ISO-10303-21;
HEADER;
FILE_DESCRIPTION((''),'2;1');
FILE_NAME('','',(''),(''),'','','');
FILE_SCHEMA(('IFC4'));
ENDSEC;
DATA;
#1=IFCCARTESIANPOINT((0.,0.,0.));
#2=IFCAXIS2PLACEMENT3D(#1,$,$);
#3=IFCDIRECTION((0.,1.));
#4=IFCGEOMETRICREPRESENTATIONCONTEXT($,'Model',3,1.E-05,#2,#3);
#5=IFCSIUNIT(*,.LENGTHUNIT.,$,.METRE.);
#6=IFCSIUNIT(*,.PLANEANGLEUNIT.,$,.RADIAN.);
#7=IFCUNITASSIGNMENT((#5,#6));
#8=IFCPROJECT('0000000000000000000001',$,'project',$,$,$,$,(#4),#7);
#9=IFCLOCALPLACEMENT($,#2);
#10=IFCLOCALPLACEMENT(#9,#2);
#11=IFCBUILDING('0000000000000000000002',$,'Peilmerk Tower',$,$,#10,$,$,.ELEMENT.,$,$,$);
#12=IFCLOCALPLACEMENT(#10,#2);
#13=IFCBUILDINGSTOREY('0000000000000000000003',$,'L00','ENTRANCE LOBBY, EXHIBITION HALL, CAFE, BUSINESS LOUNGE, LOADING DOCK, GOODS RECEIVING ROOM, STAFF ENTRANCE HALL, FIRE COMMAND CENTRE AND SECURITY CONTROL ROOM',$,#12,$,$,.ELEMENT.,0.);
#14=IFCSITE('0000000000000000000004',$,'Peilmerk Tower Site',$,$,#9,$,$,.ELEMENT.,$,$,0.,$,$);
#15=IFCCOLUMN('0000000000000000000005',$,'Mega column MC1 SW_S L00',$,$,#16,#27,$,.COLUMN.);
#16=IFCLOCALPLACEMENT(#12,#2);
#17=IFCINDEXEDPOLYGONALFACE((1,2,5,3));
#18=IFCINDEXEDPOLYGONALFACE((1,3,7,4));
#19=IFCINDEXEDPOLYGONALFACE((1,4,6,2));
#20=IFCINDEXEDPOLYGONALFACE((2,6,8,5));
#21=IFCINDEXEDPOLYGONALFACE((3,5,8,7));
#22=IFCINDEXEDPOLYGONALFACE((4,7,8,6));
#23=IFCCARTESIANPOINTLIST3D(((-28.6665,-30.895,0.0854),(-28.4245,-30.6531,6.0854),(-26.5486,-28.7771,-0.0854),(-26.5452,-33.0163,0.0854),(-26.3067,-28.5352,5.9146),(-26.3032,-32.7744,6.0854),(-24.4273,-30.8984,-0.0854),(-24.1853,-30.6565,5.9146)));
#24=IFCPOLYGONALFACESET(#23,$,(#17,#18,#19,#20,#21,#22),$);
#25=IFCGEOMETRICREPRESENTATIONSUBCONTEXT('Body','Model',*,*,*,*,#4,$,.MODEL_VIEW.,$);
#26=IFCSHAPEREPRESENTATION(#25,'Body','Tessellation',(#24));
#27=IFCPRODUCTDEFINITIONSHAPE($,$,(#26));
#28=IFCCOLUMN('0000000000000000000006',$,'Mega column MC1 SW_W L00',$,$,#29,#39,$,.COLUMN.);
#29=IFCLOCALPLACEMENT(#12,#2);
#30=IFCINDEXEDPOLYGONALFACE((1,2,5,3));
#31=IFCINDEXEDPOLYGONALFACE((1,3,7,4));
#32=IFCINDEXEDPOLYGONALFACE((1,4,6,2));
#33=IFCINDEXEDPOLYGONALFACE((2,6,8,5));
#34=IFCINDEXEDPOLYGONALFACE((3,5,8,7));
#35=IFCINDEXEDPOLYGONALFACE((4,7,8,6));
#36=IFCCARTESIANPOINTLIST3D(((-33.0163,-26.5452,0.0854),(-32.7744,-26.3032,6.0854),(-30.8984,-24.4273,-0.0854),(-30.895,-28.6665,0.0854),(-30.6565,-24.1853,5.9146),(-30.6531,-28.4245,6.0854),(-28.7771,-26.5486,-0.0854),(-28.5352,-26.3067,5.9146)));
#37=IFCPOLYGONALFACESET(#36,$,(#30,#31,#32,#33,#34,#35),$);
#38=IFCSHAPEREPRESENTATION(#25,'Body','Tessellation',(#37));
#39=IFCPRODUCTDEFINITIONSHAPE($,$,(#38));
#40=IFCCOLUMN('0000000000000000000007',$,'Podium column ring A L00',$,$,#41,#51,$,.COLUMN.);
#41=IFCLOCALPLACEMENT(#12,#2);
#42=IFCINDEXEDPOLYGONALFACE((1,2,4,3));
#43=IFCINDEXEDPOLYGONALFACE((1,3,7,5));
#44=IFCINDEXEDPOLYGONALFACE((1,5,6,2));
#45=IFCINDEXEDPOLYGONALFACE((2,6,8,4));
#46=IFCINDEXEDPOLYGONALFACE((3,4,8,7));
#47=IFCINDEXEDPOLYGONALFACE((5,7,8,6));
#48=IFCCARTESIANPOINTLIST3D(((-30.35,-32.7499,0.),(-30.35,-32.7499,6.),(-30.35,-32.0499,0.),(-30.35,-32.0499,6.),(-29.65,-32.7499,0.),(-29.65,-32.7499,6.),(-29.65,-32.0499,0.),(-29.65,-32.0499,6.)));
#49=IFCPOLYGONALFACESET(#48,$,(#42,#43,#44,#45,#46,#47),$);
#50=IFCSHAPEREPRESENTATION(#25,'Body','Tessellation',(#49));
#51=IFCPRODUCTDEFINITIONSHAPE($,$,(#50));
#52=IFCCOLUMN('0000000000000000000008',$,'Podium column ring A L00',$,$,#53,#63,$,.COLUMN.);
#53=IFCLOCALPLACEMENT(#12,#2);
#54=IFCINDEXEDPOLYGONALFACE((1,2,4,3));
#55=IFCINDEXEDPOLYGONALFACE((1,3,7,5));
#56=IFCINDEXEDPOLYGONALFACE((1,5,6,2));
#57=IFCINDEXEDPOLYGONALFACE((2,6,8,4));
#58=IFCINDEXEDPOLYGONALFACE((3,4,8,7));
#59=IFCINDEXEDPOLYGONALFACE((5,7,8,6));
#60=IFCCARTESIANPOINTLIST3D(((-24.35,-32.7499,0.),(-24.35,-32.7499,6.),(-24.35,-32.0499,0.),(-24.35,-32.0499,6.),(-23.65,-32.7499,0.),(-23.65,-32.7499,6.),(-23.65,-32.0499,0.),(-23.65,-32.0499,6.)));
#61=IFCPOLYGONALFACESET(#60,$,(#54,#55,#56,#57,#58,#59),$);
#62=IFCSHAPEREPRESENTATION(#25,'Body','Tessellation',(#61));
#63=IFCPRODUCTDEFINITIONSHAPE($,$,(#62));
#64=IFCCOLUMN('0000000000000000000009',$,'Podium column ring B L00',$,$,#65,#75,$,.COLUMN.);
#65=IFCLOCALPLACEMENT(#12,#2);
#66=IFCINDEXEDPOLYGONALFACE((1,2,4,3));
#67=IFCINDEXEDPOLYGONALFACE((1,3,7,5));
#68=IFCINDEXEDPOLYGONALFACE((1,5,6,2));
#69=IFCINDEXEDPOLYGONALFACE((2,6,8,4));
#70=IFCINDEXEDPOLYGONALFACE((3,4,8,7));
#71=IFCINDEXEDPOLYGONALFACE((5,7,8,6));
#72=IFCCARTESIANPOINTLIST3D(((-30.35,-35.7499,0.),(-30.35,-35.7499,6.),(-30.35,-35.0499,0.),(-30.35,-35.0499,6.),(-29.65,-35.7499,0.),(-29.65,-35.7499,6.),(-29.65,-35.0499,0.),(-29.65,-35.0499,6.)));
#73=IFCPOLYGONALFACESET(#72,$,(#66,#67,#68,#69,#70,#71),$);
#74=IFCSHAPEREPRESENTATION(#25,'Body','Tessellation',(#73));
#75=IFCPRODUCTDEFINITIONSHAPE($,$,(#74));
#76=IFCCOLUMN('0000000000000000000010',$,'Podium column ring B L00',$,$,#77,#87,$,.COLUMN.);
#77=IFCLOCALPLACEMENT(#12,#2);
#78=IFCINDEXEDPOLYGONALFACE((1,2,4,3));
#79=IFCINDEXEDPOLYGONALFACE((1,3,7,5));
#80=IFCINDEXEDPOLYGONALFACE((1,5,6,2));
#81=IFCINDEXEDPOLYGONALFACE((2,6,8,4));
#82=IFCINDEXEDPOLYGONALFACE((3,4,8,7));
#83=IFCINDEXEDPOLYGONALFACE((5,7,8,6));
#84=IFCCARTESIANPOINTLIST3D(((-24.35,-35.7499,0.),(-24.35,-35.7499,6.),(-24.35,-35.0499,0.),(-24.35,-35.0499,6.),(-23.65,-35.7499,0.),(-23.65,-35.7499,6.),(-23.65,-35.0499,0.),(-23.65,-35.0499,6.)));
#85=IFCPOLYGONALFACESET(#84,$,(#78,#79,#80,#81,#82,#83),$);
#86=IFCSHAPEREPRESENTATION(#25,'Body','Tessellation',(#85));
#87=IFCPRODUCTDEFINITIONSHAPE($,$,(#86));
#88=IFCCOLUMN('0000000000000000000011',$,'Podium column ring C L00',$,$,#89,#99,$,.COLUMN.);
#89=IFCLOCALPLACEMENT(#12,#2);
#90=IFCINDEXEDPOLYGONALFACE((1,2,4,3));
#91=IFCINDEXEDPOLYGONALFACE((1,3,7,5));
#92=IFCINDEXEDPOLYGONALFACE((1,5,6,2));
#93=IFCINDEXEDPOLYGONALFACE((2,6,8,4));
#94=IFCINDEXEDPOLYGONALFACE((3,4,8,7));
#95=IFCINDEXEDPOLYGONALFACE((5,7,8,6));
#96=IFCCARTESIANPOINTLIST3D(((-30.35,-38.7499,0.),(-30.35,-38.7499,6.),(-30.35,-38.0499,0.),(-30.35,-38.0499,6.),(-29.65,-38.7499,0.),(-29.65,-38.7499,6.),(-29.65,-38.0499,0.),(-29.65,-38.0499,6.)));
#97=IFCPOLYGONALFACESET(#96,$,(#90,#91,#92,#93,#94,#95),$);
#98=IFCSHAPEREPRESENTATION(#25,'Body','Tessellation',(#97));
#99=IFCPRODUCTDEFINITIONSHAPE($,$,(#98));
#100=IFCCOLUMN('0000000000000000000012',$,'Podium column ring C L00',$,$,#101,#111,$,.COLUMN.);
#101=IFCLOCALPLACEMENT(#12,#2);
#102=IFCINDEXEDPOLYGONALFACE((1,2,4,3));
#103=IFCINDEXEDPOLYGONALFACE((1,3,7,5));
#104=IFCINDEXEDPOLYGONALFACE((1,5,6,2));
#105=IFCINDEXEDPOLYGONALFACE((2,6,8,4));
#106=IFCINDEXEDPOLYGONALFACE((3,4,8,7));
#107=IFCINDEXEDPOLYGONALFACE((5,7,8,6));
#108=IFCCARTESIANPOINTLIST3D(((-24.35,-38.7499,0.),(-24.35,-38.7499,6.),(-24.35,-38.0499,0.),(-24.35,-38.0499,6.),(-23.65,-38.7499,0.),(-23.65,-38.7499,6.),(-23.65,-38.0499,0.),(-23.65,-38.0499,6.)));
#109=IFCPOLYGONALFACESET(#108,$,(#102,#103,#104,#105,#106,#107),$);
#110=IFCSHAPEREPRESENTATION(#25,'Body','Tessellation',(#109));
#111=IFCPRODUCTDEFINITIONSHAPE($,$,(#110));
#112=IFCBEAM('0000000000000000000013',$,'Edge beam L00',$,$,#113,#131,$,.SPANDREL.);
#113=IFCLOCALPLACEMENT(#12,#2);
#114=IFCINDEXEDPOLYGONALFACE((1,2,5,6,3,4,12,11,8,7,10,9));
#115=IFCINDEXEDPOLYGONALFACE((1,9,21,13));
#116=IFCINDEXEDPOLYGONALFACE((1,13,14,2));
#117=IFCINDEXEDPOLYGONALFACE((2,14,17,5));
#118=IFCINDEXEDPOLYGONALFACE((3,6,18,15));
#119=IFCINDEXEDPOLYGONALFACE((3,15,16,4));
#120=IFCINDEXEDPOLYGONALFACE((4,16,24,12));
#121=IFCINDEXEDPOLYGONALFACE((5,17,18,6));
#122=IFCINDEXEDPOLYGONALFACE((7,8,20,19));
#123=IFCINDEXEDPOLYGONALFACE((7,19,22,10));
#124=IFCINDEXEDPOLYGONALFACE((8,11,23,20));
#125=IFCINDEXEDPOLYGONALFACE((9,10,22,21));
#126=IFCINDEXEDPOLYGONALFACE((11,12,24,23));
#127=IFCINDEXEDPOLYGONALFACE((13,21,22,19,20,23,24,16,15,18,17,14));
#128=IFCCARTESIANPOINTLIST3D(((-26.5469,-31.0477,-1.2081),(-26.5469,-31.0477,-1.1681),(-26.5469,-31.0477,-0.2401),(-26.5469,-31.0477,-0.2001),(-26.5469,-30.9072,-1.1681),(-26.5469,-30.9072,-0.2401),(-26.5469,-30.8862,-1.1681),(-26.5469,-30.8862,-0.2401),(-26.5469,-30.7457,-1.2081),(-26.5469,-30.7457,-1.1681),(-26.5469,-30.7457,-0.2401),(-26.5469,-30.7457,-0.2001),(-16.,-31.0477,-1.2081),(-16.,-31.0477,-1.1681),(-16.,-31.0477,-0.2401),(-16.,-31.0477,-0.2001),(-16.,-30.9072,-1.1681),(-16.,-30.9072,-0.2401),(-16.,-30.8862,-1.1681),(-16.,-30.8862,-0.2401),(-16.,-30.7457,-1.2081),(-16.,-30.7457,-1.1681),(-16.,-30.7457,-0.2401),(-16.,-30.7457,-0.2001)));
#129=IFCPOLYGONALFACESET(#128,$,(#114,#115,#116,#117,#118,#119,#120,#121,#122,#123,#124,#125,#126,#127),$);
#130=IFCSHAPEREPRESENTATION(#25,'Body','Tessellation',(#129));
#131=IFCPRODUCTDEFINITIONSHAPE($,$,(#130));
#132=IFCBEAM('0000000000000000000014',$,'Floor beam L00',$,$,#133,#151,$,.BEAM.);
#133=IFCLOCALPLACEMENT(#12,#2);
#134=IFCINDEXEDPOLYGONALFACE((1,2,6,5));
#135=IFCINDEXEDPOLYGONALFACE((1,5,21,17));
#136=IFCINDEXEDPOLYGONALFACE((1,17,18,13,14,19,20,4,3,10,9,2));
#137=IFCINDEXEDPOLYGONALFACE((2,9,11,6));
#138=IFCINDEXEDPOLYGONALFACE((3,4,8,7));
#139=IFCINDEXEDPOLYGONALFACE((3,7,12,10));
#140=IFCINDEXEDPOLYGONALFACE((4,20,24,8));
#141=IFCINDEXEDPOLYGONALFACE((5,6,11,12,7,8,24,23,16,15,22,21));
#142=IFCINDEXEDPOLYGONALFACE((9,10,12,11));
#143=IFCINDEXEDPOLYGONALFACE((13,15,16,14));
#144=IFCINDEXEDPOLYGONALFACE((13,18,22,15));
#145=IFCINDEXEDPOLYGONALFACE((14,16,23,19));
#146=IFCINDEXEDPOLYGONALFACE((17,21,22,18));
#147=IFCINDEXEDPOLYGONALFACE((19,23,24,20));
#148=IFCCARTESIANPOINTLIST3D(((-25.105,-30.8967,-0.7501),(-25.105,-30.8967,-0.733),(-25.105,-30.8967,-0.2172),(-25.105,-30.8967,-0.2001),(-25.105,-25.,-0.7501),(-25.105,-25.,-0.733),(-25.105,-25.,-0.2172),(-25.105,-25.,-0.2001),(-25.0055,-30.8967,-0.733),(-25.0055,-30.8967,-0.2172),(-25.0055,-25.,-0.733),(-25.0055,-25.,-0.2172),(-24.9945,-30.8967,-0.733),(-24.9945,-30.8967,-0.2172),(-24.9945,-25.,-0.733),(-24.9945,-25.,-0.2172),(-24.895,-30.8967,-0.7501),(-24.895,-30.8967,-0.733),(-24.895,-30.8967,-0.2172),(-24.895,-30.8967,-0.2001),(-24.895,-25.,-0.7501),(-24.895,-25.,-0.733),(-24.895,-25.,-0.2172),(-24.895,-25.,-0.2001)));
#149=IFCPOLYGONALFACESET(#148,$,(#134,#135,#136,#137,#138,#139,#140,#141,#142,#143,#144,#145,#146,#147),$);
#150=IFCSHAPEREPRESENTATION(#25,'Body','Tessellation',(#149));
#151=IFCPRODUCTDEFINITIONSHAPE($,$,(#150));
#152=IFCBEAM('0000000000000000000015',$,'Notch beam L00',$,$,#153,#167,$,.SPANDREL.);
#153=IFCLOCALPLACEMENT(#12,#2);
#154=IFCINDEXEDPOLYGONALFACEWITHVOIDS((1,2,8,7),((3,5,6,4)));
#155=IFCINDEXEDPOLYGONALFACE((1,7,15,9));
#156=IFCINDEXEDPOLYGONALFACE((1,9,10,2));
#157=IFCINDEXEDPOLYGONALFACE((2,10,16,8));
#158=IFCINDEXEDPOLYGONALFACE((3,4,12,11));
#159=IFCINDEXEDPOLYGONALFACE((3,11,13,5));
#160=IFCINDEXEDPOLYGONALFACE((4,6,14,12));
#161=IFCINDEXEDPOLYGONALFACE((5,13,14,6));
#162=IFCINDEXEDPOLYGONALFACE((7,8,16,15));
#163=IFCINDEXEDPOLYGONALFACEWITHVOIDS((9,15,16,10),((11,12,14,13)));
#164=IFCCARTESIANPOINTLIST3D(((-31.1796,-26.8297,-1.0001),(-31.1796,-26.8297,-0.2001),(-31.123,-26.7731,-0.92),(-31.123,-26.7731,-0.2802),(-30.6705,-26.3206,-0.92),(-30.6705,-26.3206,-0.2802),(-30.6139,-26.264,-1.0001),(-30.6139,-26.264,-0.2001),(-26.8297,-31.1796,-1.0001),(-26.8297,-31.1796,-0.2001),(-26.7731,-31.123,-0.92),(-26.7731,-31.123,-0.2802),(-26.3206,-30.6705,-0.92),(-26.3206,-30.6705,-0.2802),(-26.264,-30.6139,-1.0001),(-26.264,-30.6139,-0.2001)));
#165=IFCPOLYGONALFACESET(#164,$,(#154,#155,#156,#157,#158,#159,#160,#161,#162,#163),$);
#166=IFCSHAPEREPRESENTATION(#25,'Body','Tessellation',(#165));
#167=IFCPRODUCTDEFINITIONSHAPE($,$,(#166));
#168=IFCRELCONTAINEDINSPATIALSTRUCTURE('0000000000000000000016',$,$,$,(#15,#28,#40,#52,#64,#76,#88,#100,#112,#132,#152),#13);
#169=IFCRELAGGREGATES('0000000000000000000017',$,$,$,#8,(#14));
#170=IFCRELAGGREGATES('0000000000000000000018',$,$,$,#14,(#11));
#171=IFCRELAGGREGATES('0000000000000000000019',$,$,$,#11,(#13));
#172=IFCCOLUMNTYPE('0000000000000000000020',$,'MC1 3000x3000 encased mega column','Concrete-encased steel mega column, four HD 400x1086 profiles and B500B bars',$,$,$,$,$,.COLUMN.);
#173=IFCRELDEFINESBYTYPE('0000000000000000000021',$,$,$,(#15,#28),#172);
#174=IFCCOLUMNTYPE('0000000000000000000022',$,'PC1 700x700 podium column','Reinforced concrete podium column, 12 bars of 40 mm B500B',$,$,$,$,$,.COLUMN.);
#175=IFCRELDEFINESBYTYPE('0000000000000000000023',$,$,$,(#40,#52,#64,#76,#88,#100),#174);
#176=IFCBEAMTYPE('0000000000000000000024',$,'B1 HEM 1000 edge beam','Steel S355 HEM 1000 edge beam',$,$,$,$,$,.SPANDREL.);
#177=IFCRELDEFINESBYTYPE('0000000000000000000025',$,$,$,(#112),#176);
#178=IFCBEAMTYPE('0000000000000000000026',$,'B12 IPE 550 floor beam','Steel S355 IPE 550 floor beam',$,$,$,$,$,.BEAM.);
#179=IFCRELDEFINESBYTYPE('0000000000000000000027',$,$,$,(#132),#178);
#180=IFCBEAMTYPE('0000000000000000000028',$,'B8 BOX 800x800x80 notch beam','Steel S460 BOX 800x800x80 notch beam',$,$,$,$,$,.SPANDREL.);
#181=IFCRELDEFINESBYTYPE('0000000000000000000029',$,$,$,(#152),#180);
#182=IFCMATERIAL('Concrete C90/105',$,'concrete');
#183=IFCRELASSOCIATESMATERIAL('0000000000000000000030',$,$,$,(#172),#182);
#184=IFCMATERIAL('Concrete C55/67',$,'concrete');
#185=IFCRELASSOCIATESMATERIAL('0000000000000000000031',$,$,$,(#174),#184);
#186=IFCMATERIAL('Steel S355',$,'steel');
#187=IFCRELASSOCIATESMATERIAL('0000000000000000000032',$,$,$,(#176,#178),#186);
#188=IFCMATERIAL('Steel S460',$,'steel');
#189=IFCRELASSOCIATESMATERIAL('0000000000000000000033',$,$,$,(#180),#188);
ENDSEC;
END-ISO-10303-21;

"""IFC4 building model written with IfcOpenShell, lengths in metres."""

from ifc_helpers import new_model, si_unit, direction, frame, origin, origin_2d, place, context, subcontext, project, spatial, rectangle, hollow_rectangle, i_section, extrude, material, material_profile, profile_set, type_object, element, save


model = new_model("IFC4")

# Units and contexts
model_context = context("Model", 3, precision=1e-05, world=origin(), true_north=direction((0.0, 1.0)))
body_context = subcontext(model_context, "Body", "Model", "MODEL_VIEW")
ifc_project = project(units=[si_unit("LENGTHUNIT", "METRE"), si_unit("PLANEANGLEUNIT", "RADIAN")], contexts=[model_context])

# Site, building, storey
site_placement = place(None, origin())
site = spatial("IfcSite", under=ifc_project, at=site_placement, Name="Peilmerk Tower Site", CompositionType="ELEMENT", RefElevation=0.0)
building_placement = place(site_placement, origin())
building = spatial("IfcBuilding", under=site, at=building_placement, Name="Peilmerk Tower", CompositionType="ELEMENT")
storey_placement = place(building_placement, origin())
storey = spatial("IfcBuildingStorey", under=building, at=storey_placement, Name="L00", Description="ENTRANCE LOBBY, EXHIBITION HALL, CAFE, BUSINESS LOUNGE, LOADING DOCK, GOODS RECEIVING ROOM, STAFF ENTRANCE HALL, FIRE COMMAND CENTRE AND SECURITY CONTROL ROOM", CompositionType="ELEMENT", Elevation=0.0)

# Columns
ifc_material_1 = material(Name="Concrete C90/105", Category="concrete")
ifc_material_profile_1 = material_profile(ifc_material_1, rectangle(XDim=3.0, YDim=3.0, at=origin_2d()), Name="RC 3000x3000")
ifc_profile_set_1 = profile_set([ifc_material_profile_1], Name="Concrete C90/105")
column_type_1 = type_object("IfcColumnType", Name="MC1 3000x3000 encased mega column", Description="Concrete-encased steel mega column, four HD 400x1086 profiles and B500B bars", PredefinedType="COLUMN", material=ifc_profile_set_1)
for number, where, z_axis, x_axis, name in (
    (1, (-26.5469, -30.8967, 0.0), (0.040258, 0.040258, 0.998378), (-0.707107, 0.707107, 0.0), "Mega column MC1 SW_S L00"),
    (2, (-30.8967, -26.5469, 0.0), (0.040258, 0.040258, 0.998378), (-0.707107, 0.707107, 0.0), "Mega column MC1 SW_W L00"),
):
    element("IfcColumn", number, at=place(storey_placement, frame(where, z_axis=z_axis, x_axis=x_axis)), inside=storey, type_object=column_type_1, Name=name, PredefinedType="COLUMN", context=body_context, shape_type="SweptSolid", body=[
        extrude(rectangle(XDim=3.0, YDim=3.0, at=origin_2d()), origin(), (0.0, 0.0, 1.0), 6.0098),
    ])
ifc_material_2 = material(Name="Concrete C55/67", Category="concrete")
ifc_material_profile_2 = material_profile(ifc_material_2, rectangle(XDim=0.7, YDim=0.7, at=origin_2d()), Name="RC 700x700")
ifc_profile_set_2 = profile_set([ifc_material_profile_2], Name="Concrete C55/67")
column_type_2 = type_object("IfcColumnType", Name="PC1 700x700 podium column", Description="Reinforced concrete podium column, 12 bars of 40 mm B500B", PredefinedType="COLUMN", material=ifc_profile_set_2)
for number, where, z_axis, x_axis, name in (
    (3, (-30.0, -32.3999, 0.0), (0.0, 0.0, 1.0), (1.0, 0.0, 0.0), "Podium column ring A L00"),
    (4, (-24.0, -32.3999, 0.0), (0.0, 0.0, 1.0), (1.0, 0.0, 0.0), "Podium column ring A L00"),
    (5, (-30.0, -35.3999, 0.0), (0.0, 0.0, 1.0), (1.0, 0.0, 0.0), "Podium column ring B L00"),
    (6, (-24.0, -35.3999, 0.0), (0.0, 0.0, 1.0), (1.0, 0.0, 0.0), "Podium column ring B L00"),
    (7, (-30.0, -38.3999, 0.0), (0.0, 0.0, 1.0), (1.0, 0.0, 0.0), "Podium column ring C L00"),
    (8, (-24.0, -38.3999, 0.0), (0.0, 0.0, 1.0), (1.0, 0.0, 0.0), "Podium column ring C L00"),
):
    element("IfcColumn", number, at=place(storey_placement, frame(where, z_axis=z_axis, x_axis=x_axis)), inside=storey, type_object=column_type_2, Name=name, PredefinedType="COLUMN", context=body_context, shape_type="SweptSolid", body=[
        extrude(rectangle(XDim=0.7, YDim=0.7, at=origin_2d()), origin(), (0.0, 0.0, 1.0), 6.0),
    ])

# Beams
ifc_material_3 = material(Name="Steel S355", Category="steel")
ifc_material_profile_3 = material_profile(ifc_material_3, i_section(OverallWidth=0.302, OverallDepth=1.0081, WebThickness=0.021, FlangeThickness=0.04, at=origin_2d()), Name="HEM 1000")
ifc_profile_set_3 = profile_set([ifc_material_profile_3], Name="Steel S355")
beam_type_1 = type_object("IfcBeamType", Name="B1 HEM 1000 edge beam", Description="Steel S355 HEM 1000 edge beam", PredefinedType="SPANDREL", material=ifc_profile_set_3)
beam_1_placement = place(storey_placement, frame((-26.5469, -30.8967, -0.7041), z_axis=(1.0, 0.0, 0.0), x_axis=(0.0, 1.0, 0.0)))
element("IfcBeam", 9, at=beam_1_placement, inside=storey, type_object=beam_type_1, Name="Edge beam L00", PredefinedType="SPANDREL", context=body_context, shape_type="SweptSolid", body=[
    extrude(i_section(OverallWidth=0.302, OverallDepth=1.0081, WebThickness=0.021, FlangeThickness=0.04, at=origin_2d()), origin(), (0.0, 0.0, 1.0), 10.5469),
])
ifc_material_profile_4 = material_profile(ifc_material_3, i_section(OverallWidth=0.21, OverallDepth=0.55, WebThickness=0.011, FlangeThickness=0.0171, at=origin_2d()), Name="IPE 550")
ifc_profile_set_4 = profile_set([ifc_material_profile_4], Name="Steel S355")
beam_type_2 = type_object("IfcBeamType", Name="B12 IPE 550 floor beam", Description="Steel S355 IPE 550 floor beam", PredefinedType="BEAM", material=ifc_profile_set_4)
beam_2_placement = place(storey_placement, frame((-25.0, -25.0, -0.4751), z_axis=(0.0, -1.0, 0.0), x_axis=(1.0, 0.0, 0.0)))
element("IfcBeam", 10, at=beam_2_placement, inside=storey, type_object=beam_type_2, Name="Floor beam L00", PredefinedType="BEAM", context=body_context, shape_type="SweptSolid", body=[
    extrude(i_section(OverallWidth=0.21, OverallDepth=0.55, WebThickness=0.011, FlangeThickness=0.0171, at=origin_2d()), origin(), (0.0, 0.0, 1.0), 5.8967),
])
ifc_material_4 = material(Name="Steel S460", Category="steel")
ifc_material_profile_5 = material_profile(ifc_material_4, hollow_rectangle(XDim=0.8, YDim=0.8, WallThickness=0.0801, at=origin_2d()), Name="BOX 800x800x80")
ifc_profile_set_5 = profile_set([ifc_material_profile_5], Name="Steel S460")
beam_type_3 = type_object("IfcBeamType", Name="B8 BOX 800x800x80 notch beam", Description="Steel S460 BOX 800x800x80 notch beam", PredefinedType="SPANDREL", material=ifc_profile_set_5)
beam_3_placement = place(storey_placement, frame((-26.5469, -30.8967, -0.6001), z_axis=(-0.707107, 0.707107, 0.0), x_axis=(-0.707107, -0.707107, 0.0)))
element("IfcBeam", 11, at=beam_3_placement, inside=storey, type_object=beam_type_3, Name="Notch beam L00", PredefinedType="SPANDREL", context=body_context, shape_type="SweptSolid", body=[
    extrude(hollow_rectangle(XDim=0.8, YDim=0.8, WallThickness=0.0801, at=origin_2d()), origin(), (0.0, 0.0, 1.0), 6.1516),
])

save(model, "model.ifc")
